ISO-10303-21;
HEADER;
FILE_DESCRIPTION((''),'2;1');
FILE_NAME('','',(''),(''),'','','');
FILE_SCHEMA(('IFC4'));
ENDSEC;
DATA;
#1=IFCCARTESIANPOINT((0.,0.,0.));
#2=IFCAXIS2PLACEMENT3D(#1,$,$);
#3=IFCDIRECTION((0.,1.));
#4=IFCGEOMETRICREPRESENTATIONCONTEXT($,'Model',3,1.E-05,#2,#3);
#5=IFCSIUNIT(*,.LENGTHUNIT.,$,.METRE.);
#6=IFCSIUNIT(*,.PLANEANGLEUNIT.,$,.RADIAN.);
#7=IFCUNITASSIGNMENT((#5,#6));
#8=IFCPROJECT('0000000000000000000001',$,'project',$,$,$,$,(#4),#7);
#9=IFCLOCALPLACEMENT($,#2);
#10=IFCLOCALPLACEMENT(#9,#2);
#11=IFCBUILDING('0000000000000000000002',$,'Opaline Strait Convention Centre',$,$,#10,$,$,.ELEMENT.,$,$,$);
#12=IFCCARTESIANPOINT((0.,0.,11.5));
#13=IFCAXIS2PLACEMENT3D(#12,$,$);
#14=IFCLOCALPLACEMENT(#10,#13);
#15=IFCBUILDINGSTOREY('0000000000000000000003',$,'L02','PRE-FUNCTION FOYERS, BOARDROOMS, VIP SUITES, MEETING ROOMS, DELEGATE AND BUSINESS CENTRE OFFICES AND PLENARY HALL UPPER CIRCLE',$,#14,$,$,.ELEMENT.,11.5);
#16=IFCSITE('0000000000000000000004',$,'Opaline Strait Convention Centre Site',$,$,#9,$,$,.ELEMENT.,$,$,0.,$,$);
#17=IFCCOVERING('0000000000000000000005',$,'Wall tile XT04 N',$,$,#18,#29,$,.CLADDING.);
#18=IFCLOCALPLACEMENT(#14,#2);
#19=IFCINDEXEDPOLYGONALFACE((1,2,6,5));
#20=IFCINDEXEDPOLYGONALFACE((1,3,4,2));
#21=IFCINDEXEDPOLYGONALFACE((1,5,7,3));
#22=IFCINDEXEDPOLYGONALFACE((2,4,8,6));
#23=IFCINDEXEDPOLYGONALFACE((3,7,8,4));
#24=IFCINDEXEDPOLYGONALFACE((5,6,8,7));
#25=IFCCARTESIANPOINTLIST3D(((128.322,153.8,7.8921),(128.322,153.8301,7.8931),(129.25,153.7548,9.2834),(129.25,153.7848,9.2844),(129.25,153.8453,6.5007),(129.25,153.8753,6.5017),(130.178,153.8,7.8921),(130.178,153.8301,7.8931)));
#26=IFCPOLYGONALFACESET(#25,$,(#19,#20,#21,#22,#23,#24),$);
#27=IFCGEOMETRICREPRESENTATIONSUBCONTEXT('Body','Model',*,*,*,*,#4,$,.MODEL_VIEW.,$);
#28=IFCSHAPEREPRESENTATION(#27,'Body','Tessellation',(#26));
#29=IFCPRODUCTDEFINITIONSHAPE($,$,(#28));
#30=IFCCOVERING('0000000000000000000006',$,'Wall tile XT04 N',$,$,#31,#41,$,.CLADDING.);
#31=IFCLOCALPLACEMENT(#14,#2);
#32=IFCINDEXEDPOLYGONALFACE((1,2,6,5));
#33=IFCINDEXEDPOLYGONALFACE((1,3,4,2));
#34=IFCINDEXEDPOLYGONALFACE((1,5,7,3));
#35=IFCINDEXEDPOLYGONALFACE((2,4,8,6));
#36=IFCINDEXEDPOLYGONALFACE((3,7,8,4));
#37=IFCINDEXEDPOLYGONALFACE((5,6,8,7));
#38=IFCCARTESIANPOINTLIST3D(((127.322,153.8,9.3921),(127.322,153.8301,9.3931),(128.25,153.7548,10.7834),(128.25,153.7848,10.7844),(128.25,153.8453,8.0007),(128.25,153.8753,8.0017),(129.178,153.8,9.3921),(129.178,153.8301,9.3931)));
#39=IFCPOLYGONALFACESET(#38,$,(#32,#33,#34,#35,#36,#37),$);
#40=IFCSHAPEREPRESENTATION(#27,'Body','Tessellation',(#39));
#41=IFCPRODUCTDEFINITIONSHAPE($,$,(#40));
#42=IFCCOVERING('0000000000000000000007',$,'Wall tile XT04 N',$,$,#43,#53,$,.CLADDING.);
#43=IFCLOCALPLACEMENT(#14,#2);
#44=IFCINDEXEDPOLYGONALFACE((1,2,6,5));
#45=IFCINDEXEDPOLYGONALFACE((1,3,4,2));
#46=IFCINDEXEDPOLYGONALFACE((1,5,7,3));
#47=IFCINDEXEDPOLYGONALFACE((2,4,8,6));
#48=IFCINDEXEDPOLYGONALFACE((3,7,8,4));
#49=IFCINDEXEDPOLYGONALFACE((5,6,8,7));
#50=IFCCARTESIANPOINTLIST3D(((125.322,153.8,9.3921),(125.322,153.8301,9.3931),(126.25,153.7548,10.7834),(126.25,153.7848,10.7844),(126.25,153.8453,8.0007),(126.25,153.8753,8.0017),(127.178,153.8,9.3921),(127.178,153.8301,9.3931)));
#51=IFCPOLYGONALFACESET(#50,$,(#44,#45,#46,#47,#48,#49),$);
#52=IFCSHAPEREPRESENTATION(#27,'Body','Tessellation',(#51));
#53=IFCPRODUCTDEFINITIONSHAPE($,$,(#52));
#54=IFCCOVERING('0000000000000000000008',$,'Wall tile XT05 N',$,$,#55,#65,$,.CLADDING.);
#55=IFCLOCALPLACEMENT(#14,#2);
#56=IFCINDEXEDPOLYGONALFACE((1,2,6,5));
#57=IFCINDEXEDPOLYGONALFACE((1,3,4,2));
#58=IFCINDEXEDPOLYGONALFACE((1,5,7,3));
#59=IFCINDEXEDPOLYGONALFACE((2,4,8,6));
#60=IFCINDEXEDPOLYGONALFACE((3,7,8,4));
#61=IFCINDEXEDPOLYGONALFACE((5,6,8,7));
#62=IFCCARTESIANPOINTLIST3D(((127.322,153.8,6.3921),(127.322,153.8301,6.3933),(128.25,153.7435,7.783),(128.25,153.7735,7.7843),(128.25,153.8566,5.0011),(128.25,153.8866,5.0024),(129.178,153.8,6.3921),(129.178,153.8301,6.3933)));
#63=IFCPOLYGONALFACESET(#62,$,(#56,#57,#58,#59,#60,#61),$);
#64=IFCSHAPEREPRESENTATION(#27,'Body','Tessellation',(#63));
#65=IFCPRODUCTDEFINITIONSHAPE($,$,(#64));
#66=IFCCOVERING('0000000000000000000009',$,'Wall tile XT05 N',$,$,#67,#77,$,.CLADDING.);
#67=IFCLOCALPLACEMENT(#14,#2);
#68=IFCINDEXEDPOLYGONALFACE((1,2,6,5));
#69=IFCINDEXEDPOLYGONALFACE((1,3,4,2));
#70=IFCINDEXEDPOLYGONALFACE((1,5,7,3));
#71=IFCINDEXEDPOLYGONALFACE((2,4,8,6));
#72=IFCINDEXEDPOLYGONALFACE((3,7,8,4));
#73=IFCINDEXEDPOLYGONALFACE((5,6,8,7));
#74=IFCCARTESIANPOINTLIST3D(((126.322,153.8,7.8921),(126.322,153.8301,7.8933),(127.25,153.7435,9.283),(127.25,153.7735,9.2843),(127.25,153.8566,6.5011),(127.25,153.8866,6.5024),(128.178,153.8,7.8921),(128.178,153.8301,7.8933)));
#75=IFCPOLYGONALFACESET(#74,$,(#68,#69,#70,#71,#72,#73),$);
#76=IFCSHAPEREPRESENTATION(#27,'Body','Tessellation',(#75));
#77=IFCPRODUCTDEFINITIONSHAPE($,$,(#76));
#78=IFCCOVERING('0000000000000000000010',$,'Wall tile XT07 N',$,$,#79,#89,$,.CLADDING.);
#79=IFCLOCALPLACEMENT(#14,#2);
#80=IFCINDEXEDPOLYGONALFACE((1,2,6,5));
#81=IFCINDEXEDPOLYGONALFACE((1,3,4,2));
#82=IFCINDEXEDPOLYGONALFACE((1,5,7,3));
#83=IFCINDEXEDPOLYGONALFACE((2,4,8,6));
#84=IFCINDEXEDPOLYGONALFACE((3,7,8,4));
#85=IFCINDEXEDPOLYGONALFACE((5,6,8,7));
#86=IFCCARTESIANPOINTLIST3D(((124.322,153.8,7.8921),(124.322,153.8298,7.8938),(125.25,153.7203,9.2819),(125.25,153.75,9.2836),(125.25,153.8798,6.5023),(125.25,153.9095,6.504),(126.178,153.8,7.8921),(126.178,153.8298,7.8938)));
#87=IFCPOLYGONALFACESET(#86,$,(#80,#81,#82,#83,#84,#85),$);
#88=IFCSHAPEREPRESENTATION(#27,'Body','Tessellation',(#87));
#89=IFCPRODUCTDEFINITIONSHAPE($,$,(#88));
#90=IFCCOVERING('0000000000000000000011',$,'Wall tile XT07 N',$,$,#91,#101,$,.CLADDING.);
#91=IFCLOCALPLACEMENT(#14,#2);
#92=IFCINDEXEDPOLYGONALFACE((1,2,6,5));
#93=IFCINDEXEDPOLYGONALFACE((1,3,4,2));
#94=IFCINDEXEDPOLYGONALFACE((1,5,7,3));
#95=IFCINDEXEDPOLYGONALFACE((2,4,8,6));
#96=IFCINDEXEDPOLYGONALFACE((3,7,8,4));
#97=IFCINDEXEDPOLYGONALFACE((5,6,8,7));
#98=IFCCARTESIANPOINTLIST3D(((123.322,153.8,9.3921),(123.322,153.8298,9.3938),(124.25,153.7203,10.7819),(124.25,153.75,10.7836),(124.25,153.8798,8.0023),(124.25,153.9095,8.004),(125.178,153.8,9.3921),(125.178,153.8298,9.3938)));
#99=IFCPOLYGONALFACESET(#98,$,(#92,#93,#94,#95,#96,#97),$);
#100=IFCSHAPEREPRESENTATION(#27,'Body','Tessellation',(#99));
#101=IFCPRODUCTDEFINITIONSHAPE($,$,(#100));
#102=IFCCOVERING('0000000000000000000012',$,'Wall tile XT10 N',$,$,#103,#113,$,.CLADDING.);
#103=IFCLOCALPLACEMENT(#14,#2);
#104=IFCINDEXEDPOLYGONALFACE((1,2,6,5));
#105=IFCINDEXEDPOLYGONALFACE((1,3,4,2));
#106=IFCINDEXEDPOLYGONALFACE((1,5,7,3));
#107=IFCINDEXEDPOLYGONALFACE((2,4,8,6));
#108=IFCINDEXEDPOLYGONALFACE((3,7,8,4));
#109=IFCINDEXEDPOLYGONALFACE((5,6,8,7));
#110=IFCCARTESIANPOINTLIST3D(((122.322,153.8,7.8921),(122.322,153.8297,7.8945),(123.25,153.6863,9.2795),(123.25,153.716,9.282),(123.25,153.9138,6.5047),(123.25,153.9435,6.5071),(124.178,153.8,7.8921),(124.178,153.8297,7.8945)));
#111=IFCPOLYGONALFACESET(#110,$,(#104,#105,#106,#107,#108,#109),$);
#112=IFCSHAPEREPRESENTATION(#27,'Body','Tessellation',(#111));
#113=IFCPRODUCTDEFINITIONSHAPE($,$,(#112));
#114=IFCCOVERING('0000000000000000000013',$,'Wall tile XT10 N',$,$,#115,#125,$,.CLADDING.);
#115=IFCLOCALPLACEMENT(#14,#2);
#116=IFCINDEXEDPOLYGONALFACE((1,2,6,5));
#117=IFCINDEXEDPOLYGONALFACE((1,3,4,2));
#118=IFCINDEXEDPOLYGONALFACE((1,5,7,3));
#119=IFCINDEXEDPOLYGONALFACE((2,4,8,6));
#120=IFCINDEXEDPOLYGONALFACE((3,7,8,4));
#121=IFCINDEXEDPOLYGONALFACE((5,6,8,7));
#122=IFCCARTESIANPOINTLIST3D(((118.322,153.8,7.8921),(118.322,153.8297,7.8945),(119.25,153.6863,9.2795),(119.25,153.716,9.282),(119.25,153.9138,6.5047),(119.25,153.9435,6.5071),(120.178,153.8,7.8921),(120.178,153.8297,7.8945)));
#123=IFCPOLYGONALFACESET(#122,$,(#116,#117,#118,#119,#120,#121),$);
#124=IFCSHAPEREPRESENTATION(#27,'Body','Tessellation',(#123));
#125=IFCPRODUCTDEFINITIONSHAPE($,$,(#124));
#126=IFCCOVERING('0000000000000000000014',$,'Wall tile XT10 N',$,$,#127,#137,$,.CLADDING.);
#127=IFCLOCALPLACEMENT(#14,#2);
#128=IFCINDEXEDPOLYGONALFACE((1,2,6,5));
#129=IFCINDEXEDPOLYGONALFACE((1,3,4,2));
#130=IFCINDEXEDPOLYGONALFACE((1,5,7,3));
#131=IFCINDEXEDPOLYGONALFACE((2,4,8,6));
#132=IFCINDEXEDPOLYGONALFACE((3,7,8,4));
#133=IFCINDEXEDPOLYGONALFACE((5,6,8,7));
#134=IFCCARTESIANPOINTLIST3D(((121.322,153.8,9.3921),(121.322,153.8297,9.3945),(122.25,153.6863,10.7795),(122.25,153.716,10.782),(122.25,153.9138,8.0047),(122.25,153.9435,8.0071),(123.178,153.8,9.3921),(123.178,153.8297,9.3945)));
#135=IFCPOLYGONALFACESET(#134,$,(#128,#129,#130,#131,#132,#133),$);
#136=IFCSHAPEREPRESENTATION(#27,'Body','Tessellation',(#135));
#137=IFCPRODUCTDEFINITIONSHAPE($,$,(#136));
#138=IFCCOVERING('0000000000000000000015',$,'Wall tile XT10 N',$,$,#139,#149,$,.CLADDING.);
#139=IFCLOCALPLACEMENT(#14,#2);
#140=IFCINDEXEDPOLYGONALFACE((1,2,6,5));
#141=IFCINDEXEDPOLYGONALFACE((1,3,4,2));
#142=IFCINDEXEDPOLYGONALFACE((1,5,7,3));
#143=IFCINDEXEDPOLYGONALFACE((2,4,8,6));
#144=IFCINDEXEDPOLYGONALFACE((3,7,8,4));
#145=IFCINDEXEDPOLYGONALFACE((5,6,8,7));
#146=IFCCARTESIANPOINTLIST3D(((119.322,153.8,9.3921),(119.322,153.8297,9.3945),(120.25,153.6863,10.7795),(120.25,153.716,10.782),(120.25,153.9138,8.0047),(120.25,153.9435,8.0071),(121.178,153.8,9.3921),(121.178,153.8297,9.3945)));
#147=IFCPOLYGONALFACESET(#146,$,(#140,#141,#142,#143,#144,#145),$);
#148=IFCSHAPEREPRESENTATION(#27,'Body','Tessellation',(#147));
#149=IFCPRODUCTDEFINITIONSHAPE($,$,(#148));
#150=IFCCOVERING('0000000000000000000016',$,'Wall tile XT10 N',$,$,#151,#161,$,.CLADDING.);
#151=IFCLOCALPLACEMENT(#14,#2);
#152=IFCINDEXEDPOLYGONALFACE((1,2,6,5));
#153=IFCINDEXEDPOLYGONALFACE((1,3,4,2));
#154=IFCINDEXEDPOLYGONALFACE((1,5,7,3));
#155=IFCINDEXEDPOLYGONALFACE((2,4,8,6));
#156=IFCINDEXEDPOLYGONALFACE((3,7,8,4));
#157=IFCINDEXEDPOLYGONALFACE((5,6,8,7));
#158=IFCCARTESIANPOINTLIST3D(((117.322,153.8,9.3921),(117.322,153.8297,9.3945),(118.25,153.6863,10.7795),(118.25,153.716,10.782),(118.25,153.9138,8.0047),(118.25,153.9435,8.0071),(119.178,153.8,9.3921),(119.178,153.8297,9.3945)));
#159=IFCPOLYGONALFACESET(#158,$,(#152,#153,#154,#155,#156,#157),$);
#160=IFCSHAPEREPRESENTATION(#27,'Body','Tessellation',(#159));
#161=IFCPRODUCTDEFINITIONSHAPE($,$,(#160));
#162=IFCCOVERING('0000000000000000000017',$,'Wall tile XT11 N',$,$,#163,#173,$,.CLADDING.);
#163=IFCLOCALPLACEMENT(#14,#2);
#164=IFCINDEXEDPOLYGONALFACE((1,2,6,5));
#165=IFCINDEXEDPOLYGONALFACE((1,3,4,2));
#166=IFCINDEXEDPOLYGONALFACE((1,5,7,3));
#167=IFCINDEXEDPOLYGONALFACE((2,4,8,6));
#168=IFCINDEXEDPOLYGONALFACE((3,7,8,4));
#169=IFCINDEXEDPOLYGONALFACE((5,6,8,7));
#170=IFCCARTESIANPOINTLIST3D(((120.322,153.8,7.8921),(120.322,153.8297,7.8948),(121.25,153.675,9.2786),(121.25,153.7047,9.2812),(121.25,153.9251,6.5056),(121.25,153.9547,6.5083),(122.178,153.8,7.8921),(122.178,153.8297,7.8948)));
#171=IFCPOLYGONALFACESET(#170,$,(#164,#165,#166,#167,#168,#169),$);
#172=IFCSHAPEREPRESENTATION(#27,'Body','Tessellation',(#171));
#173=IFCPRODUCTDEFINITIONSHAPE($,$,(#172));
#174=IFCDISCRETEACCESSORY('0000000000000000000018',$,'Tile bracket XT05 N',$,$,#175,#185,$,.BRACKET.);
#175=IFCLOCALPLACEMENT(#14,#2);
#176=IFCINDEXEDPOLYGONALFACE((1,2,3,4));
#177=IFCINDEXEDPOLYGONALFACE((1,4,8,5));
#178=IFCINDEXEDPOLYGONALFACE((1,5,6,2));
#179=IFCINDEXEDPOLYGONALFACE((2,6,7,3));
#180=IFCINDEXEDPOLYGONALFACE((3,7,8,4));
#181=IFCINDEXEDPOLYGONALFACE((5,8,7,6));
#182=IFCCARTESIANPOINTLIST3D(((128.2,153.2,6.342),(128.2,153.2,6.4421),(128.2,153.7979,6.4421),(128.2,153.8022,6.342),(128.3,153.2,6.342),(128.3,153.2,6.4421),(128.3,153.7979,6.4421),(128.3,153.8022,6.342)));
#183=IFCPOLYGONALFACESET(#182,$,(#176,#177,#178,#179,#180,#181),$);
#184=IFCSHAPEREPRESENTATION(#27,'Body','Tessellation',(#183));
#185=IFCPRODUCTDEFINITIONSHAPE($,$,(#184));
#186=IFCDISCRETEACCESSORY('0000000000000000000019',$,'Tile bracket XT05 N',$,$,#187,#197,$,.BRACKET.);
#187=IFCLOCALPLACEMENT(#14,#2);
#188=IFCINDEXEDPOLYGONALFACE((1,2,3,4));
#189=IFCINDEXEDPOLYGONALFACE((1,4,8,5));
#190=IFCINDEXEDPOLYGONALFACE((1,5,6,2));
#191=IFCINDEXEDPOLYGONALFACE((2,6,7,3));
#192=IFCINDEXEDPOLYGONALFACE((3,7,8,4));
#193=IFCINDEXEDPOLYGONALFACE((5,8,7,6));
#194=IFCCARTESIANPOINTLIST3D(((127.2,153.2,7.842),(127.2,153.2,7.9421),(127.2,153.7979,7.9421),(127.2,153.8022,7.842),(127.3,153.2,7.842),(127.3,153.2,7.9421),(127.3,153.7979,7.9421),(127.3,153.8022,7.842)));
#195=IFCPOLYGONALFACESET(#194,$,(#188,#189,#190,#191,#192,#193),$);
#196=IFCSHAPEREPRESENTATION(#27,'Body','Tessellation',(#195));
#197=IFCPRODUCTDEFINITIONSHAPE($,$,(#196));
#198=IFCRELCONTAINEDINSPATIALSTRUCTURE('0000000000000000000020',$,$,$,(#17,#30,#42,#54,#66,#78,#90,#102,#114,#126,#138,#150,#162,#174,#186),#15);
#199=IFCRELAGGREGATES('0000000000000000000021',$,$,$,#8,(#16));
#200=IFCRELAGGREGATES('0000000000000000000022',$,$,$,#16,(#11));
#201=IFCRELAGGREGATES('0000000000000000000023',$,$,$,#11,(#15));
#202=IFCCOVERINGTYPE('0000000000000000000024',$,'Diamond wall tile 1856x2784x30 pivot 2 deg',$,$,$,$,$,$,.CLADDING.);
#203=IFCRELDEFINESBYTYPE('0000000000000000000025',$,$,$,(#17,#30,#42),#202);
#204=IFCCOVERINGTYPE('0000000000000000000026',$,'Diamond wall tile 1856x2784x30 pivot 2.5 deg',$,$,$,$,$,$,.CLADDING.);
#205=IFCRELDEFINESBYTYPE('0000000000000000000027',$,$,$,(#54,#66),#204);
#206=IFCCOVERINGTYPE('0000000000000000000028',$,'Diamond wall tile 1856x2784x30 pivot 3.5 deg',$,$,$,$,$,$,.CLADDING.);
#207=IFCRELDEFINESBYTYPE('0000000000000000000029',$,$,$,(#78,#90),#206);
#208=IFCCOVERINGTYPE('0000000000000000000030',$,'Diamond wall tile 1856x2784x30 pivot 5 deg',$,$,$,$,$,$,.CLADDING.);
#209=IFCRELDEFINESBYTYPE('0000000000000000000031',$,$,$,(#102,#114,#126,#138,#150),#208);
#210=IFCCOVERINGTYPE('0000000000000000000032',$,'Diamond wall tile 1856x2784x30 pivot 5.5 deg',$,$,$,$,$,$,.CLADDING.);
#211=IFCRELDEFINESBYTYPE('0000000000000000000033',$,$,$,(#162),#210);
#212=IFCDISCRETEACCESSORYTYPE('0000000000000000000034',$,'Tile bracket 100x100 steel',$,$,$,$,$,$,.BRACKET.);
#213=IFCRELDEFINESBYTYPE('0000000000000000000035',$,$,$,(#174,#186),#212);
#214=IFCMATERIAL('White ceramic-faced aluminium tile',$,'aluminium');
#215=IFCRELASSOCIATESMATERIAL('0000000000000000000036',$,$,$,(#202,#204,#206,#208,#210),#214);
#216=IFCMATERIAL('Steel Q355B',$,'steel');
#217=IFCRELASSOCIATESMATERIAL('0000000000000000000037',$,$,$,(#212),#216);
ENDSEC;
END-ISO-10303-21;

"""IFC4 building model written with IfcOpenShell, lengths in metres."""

from ifc_helpers import new_model, si_unit, direction, frame, origin, place, context, subcontext, project, spatial, polyline, outline, extrude, material, material_profile, profile_set, type_object, element, save


model = new_model("IFC4")

# Units and contexts
model_context = context("Model", 3, precision=1e-05, world=origin(), true_north=direction((0.0, 1.0)))
body_context = subcontext(model_context, "Body", "Model", "MODEL_VIEW")
ifc_project = project(units=[si_unit("LENGTHUNIT", "METRE"), si_unit("PLANEANGLEUNIT", "RADIAN")], contexts=[model_context])

# Site, building, storey
site_placement = place(None, origin())
site = spatial("IfcSite", under=ifc_project, at=site_placement, Name="Opaline Strait Convention Centre Site", CompositionType="ELEMENT", RefElevation=0.0)
building_placement = place(site_placement, origin())
building = spatial("IfcBuilding", under=site, at=building_placement, Name="Opaline Strait Convention Centre", CompositionType="ELEMENT")
storey_placement = place(building_placement, frame((0.0, 0.0, 11.5)))
storey = spatial("IfcBuildingStorey", under=building, at=storey_placement, Name="L02", Description="PRE-FUNCTION FOYERS, BOARDROOMS, VIP SUITES, MEETING ROOMS, DELEGATE AND BUSINESS CENTRE OFFICES AND PLENARY HALL UPPER CIRCLE", CompositionType="ELEMENT", Elevation=11.5)

# Coverings
ifc_material_1 = material(Name="White ceramic-faced aluminium tile", Category="aluminium")
ifc_material_profile_1 = material_profile(ifc_material_1, outline(polyline([(0.928, 0.0), (0.0, 1.3921), (-0.928, 0.0), (0.0, -1.3921), (0.928, 0.0)])), Name="Diamond tile 1856x2784")
ifc_profile_set_1 = profile_set([ifc_material_profile_1], Name="White ceramic-faced aluminium tile")
covering_type_1 = type_object("IfcCoveringType", Name="Diamond wall tile 1856x2784x30 pivot 2 deg", PredefinedType="CLADDING", material=ifc_profile_set_1)
for number, where, z_axis, x_axis, name in (
    (1, (129.25, 153.8, 7.8921), (0.0, 0.999472, 0.032503), (-1.0, 0.0, 0.0), "Wall tile XT04 N"),
    (2, (128.25, 153.8, 9.3921), (0.0, 0.999472, 0.032503), (-1.0, 0.0, 0.0), "Wall tile XT04 N"),
    (3, (126.25, 153.8, 9.3921), (0.0, 0.999472, 0.032503), (-1.0, 0.0, 0.0), "Wall tile XT04 N"),
):
    element("IfcCovering", number, at=place(storey_placement, frame(where, z_axis=z_axis, x_axis=x_axis)), inside=storey, type_object=covering_type_1, Name=name, PredefinedType="CLADDING", context=body_context, shape_type="SweptSolid", body=[
        extrude(outline(polyline([(0.928, 0.0), (0.0, 1.3921), (-0.928, 0.0), (0.0, -1.3921), (0.928, 0.0)])), origin(), (0.0, 0.0, 1.0), 0.03),
    ])
ifc_material_profile_2 = material_profile(ifc_material_1, outline(polyline([(0.928, 0.0), (0.0, 1.3921), (-0.928, 0.0), (0.0, -1.3921), (0.928, 0.0)])), Name="Diamond tile 1856x2784")
ifc_profile_set_2 = profile_set([ifc_material_profile_2], Name="White ceramic-faced aluminium tile")
covering_type_2 = type_object("IfcCoveringType", Name="Diamond wall tile 1856x2784x30 pivot 2.5 deg", PredefinedType="CLADDING", material=ifc_profile_set_2)
for number, where, z_axis, x_axis, name in (
    (4, (128.25, 153.8, 6.3921), (0.0, 0.999175, 0.040617), (-1.0, 0.0, 0.0), "Wall tile XT05 N"),
    (5, (127.25, 153.8, 7.8921), (0.0, 0.999175, 0.040617), (-1.0, 0.0, 0.0), "Wall tile XT05 N"),
):
    element("IfcCovering", number, at=place(storey_placement, frame(where, z_axis=z_axis, x_axis=x_axis)), inside=storey, type_object=covering_type_2, Name=name, PredefinedType="CLADDING", context=body_context, shape_type="SweptSolid", body=[
        extrude(outline(polyline([(0.928, 0.0), (0.0, 1.3921), (-0.928, 0.0), (0.0, -1.3921), (0.928, 0.0)])), origin(), (0.0, 0.0, 1.0), 0.03),
    ])
ifc_material_profile_3 = material_profile(ifc_material_1, outline(polyline([(0.928, 0.0), (0.0, 1.3921), (-0.928, 0.0), (0.0, -1.3921), (0.928, 0.0)])), Name="Diamond tile 1856x2784")
ifc_profile_set_3 = profile_set([ifc_material_profile_3], Name="White ceramic-faced aluminium tile")
covering_type_3 = type_object("IfcCoveringType", Name="Diamond wall tile 1856x2784x30 pivot 3.5 deg", PredefinedType="CLADDING", material=ifc_profile_set_3)
for number, where, z_axis, x_axis, name in (
    (6, (125.25, 153.8, 7.8921), (0.0, 0.998358, 0.057283), (-1.0, 0.0, 0.0), "Wall tile XT07 N"),
    (7, (124.25, 153.8, 9.3921), (0.0, 0.998358, 0.057283), (-1.0, 0.0, 0.0), "Wall tile XT07 N"),
):
    element("IfcCovering", number, at=place(storey_placement, frame(where, z_axis=z_axis, x_axis=x_axis)), inside=storey, type_object=covering_type_3, Name=name, PredefinedType="CLADDING", context=body_context, shape_type="SweptSolid", body=[
        extrude(outline(polyline([(0.928, 0.0), (0.0, 1.3921), (-0.928, 0.0), (0.0, -1.3921), (0.928, 0.0)])), origin(), (0.0, 0.0, 1.0), 0.0298),
    ])
ifc_material_profile_4 = material_profile(ifc_material_1, outline(polyline([(0.928, 0.0), (0.0, 1.3921), (-0.928, 0.0), (0.0, -1.3921), (0.928, 0.0)])), Name="Diamond tile 1856x2784")
ifc_profile_set_4 = profile_set([ifc_material_profile_4], Name="White ceramic-faced aluminium tile")
covering_type_4 = type_object("IfcCoveringType", Name="Diamond wall tile 1856x2784x30 pivot 5 deg", PredefinedType="CLADDING", material=ifc_profile_set_4)
for number, where, z_axis, x_axis, name in (
    (8, (123.25, 153.8, 7.8921), (0.0, 0.996658, 0.081693), (-1.0, 0.0, 0.0), "Wall tile XT10 N"),
    (9, (119.25, 153.8, 7.8921), (0.0, 0.996658, 0.081693), (-1.0, 0.0, 0.0), "Wall tile XT10 N"),
    (10, (122.25, 153.8, 9.3921), (0.0, 0.996658, 0.081693), (-1.0, 0.0, 0.0), "Wall tile XT10 N"),
    (11, (120.25, 153.8, 9.3921), (0.0, 0.996658, 0.081693), (-1.0, 0.0, 0.0), "Wall tile XT10 N"),
    (12, (118.25, 153.8, 9.3921), (0.0, 0.996658, 0.081693), (-1.0, 0.0, 0.0), "Wall tile XT10 N"),
):
    element("IfcCovering", number, at=place(storey_placement, frame(where, z_axis=z_axis, x_axis=x_axis)), inside=storey, type_object=covering_type_4, Name=name, PredefinedType="CLADDING", context=body_context, shape_type="SweptSolid", body=[
        extrude(outline(polyline([(0.928, 0.0), (0.0, 1.3921), (-0.928, 0.0), (0.0, -1.3921), (0.928, 0.0)])), origin(), (0.0, 0.0, 1.0), 0.0298),
    ])
ifc_material_profile_5 = material_profile(ifc_material_1, outline(polyline([(0.928, 0.0), (0.0, 1.3921), (-0.928, 0.0), (0.0, -1.3921), (0.928, 0.0)])), Name="Diamond tile 1856x2784")
ifc_profile_set_5 = profile_set([ifc_material_profile_5], Name="White ceramic-faced aluminium tile")
covering_type_5 = type_object("IfcCoveringType", Name="Diamond wall tile 1856x2784x30 pivot 5.5 deg", PredefinedType="CLADDING", material=ifc_profile_set_5)
covering_placement = place(storey_placement, frame((121.25, 153.8, 7.8921), z_axis=(0.0, 0.99596, 0.0898), x_axis=(-1.0, 0.0, 0.0)))
element("IfcCovering", 13, at=covering_placement, inside=storey, type_object=covering_type_5, Name="Wall tile XT11 N", PredefinedType="CLADDING", context=body_context, shape_type="SweptSolid", body=[
    extrude(outline(polyline([(0.928, 0.0), (0.0, 1.3921), (-0.928, 0.0), (0.0, -1.3921), (0.928, 0.0)])), origin(), (0.0, 0.0, 1.0), 0.0298),
])

# Discrete accessories
ifc_material_2 = material(Name="Steel Q355B", Category="steel")
discrete_accessory_type = type_object("IfcDiscreteAccessoryType", Name="Tile bracket 100x100 steel", PredefinedType="BRACKET", material=ifc_material_2)
for number, where, z_axis, x_axis, name in (
    (14, (128.3, 153.2, 6.3921), (-1.0, 0.0, 0.0), (0.0, -1.0, 0.0), "Tile bracket XT05 N"),
    (15, (127.3, 153.2, 7.8921), (-1.0, 0.0, 0.0), (0.0, -1.0, 0.0), "Tile bracket XT05 N"),
):
    element("IfcDiscreteAccessory", number, at=place(storey_placement, frame(where, z_axis=z_axis, x_axis=x_axis)), inside=storey, type_object=discrete_accessory_type, Name=name, PredefinedType="BRACKET", context=body_context, shape_type="SweptSolid", body=[
        extrude(outline(polyline([(0.0, -0.05), (0.0, 0.05), (-0.5979, 0.05), (-0.6023, -0.05), (0.0, -0.05)])), origin(), (0.0, 0.0, 1.0), 0.1001),
    ])

save(model, "model.ifc")
